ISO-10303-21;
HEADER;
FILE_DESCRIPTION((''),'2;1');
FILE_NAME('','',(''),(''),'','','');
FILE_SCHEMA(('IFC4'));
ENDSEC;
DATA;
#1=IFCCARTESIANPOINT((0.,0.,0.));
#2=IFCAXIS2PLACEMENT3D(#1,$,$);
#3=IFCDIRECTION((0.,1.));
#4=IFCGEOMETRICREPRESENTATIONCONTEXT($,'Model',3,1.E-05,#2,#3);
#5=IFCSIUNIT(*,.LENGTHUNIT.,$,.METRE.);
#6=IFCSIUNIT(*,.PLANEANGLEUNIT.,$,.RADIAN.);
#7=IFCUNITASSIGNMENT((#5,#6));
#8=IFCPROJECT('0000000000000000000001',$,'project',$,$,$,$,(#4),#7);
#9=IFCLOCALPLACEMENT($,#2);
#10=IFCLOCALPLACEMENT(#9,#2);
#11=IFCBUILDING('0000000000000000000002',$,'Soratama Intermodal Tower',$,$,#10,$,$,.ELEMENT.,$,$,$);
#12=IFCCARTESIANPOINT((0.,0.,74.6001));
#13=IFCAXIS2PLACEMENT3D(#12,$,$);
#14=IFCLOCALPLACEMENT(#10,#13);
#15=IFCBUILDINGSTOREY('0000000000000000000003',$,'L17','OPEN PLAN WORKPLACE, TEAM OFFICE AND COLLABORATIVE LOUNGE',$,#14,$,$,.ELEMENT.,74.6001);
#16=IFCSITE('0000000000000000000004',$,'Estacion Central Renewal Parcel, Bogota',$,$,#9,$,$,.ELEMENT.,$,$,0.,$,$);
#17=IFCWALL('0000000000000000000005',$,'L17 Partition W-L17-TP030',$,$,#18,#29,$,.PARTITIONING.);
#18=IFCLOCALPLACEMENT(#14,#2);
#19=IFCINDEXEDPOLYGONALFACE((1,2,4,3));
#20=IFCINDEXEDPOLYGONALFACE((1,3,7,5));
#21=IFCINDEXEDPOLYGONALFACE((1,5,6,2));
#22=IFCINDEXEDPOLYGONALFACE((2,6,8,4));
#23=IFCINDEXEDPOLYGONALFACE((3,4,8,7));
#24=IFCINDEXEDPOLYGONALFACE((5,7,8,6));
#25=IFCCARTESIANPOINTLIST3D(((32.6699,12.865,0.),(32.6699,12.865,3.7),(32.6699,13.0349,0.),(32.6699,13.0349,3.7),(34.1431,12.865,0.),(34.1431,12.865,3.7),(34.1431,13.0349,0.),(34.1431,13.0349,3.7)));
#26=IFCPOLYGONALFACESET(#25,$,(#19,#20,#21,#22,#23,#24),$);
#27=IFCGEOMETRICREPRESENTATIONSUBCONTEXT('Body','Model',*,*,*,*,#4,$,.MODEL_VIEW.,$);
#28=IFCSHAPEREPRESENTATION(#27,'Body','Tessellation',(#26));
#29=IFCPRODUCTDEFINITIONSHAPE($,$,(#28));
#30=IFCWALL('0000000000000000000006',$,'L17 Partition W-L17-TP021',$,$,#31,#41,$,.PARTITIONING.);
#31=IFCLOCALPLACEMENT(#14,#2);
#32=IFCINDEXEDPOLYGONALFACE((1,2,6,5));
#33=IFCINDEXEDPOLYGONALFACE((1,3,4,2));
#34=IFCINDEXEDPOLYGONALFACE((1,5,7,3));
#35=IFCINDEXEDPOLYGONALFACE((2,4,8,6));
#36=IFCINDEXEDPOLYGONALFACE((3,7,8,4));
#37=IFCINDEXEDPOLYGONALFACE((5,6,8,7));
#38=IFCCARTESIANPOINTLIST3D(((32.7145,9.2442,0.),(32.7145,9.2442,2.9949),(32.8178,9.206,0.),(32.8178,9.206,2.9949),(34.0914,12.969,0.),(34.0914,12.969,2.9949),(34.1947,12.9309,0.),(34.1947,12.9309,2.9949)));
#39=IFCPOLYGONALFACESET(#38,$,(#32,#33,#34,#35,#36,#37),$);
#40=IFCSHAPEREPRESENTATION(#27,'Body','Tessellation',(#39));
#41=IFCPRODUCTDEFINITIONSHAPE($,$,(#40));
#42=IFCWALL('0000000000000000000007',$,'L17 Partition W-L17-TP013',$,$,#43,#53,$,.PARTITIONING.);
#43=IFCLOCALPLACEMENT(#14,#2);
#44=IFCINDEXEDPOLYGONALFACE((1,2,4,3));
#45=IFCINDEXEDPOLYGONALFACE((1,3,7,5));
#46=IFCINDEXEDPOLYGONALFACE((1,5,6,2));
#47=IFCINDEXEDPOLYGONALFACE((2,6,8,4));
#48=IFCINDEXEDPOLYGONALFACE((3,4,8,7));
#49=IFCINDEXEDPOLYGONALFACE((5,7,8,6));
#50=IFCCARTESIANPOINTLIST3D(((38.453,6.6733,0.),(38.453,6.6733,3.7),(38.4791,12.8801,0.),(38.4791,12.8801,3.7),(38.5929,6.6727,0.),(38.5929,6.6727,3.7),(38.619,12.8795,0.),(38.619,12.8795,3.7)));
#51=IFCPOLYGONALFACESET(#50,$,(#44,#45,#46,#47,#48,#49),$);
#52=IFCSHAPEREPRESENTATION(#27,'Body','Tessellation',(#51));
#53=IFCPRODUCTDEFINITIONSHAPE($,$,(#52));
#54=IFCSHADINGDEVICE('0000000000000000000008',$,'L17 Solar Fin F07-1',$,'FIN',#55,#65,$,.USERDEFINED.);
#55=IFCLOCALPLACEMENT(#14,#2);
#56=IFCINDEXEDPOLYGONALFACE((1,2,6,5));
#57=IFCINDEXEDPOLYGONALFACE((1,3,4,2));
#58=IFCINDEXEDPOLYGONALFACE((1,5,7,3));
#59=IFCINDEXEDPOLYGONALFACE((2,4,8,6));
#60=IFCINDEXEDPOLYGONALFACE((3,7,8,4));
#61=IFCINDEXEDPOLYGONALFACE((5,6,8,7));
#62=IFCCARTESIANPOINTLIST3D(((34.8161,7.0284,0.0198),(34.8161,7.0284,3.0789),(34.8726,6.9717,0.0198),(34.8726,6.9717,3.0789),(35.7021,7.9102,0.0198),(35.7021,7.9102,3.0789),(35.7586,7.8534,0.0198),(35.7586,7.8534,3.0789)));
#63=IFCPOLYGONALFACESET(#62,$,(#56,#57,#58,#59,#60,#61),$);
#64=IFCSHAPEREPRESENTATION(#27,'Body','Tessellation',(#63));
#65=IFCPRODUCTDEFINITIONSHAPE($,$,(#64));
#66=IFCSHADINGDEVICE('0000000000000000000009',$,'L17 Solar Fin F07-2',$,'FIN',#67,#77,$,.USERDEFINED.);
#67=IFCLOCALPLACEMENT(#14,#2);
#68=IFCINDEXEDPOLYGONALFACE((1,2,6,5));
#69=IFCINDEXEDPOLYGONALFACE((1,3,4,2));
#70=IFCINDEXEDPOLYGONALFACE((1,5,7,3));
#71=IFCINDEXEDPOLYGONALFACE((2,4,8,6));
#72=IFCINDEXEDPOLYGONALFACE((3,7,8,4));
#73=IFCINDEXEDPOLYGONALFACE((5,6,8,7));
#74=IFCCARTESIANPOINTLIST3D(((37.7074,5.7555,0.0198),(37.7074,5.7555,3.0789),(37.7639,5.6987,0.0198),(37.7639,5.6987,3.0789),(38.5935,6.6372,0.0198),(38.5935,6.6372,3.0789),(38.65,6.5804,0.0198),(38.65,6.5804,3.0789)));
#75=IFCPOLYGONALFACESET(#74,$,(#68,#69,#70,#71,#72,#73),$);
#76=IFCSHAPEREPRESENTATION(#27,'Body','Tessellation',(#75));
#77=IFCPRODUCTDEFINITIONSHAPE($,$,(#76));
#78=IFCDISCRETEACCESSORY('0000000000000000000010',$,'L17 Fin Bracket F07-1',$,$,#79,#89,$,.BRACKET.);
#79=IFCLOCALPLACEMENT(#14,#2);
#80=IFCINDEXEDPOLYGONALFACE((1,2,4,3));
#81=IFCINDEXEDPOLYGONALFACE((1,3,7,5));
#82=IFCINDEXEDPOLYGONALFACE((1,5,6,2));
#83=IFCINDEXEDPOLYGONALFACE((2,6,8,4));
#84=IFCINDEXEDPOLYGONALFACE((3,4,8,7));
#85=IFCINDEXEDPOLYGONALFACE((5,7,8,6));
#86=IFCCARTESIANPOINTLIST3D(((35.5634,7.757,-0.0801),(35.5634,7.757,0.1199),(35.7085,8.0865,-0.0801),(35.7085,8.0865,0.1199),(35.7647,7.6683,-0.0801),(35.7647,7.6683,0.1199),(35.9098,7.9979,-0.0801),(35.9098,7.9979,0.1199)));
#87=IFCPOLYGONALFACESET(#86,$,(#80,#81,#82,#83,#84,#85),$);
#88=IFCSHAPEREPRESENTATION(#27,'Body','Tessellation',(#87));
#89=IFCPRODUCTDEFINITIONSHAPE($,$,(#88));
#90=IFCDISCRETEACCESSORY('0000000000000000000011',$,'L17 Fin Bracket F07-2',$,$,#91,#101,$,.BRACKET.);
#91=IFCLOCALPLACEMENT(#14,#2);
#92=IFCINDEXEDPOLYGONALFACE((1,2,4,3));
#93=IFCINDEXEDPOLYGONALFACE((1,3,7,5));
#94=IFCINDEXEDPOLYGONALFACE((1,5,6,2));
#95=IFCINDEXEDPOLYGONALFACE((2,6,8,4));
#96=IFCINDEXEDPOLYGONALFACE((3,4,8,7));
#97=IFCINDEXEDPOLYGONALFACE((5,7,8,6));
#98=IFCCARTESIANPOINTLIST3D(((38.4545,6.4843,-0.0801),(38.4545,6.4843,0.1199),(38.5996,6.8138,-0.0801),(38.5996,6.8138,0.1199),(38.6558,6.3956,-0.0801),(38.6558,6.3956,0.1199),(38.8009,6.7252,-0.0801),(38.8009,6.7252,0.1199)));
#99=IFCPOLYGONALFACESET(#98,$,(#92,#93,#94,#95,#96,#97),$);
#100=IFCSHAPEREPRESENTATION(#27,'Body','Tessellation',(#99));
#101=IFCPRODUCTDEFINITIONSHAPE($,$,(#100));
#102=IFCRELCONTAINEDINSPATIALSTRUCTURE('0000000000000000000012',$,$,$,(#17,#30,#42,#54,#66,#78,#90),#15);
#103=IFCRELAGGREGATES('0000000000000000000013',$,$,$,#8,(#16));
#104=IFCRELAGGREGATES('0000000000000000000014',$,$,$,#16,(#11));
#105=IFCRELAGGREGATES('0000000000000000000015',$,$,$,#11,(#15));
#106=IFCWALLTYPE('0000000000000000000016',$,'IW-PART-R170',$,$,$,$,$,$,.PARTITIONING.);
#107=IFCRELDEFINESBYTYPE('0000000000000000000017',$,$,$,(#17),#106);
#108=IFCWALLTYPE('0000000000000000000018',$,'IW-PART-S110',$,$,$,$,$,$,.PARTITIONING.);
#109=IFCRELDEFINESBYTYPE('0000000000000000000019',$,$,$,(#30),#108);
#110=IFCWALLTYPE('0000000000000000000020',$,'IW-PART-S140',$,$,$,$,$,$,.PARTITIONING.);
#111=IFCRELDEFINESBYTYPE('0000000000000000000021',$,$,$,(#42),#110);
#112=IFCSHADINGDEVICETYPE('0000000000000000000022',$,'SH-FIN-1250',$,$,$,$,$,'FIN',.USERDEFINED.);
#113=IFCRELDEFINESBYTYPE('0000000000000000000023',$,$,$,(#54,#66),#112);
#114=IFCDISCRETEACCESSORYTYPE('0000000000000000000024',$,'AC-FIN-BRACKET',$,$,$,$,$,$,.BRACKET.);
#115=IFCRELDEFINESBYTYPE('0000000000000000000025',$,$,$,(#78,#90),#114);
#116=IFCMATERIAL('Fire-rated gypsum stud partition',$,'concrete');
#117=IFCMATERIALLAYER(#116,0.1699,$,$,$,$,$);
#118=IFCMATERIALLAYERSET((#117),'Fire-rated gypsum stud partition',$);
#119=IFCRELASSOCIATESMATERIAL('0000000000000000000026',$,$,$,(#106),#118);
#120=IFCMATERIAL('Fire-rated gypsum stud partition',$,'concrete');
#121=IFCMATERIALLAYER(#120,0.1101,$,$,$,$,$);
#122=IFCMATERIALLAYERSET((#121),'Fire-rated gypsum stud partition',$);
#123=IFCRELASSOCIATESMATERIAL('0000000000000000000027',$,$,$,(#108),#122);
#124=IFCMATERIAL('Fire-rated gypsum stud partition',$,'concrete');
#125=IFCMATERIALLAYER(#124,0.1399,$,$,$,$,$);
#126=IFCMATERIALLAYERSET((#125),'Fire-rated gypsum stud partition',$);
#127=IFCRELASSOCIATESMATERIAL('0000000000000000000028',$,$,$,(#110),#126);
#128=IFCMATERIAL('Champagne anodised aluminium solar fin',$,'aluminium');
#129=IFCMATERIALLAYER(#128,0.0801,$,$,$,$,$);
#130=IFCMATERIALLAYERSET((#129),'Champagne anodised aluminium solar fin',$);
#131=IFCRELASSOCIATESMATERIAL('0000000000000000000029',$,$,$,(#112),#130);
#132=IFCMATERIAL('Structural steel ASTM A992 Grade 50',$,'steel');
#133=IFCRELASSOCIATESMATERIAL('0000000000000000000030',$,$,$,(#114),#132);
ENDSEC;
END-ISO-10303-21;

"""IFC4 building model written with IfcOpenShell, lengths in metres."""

from ifc_helpers import new_model, si_unit, direction, frame, frame_2d, origin, origin_2d, place, context, subcontext, project, spatial, rectangle, extrude, material, layer, layer_set, type_object, element, save


model = new_model("IFC4")

# Units and contexts
model_context = context("Model", 3, precision=1e-05, world=origin(), true_north=direction((0.0, 1.0)))
body_context = subcontext(model_context, "Body", "Model", "MODEL_VIEW")
ifc_project = project(units=[si_unit("LENGTHUNIT", "METRE"), si_unit("PLANEANGLEUNIT", "RADIAN")], contexts=[model_context])

# Site, building, storey
site_placement = place(None, origin())
site = spatial("IfcSite", under=ifc_project, at=site_placement, Name="Estacion Central Renewal Parcel, Bogota", CompositionType="ELEMENT", RefElevation=0.0)
building_placement = place(site_placement, origin())
building = spatial("IfcBuilding", under=site, at=building_placement, Name="Soratama Intermodal Tower", CompositionType="ELEMENT")
storey_placement = place(building_placement, frame((0.0, 0.0, 74.6001)))
storey = spatial("IfcBuildingStorey", under=building, at=storey_placement, Name="L17", Description="OPEN PLAN WORKPLACE, TEAM OFFICE AND COLLABORATIVE LOUNGE", CompositionType="ELEMENT", Elevation=74.6001)

# Shared definitions
ifc_material_1 = material(Name="Fire-rated gypsum stud partition", Category="concrete")
ifc_layer_1 = layer(ifc_material_1, 0.1699)
ifc_layer_set_1 = layer_set([ifc_layer_1], Name="Fire-rated gypsum stud partition")
wall_type_1 = type_object("IfcWallType", Name="IW-PART-R170", PredefinedType="PARTITIONING", material=ifc_layer_set_1)

# Walls
wall_1_placement = place(storey_placement, frame((34.1431, 12.95, 0.0), z_axis=(0.0, 0.0, 1.0), x_axis=(-1.0, 0.0, 0.0)))
element("IfcWall", 1, at=wall_1_placement, inside=storey, type_object=wall_type_1, Name="L17 Partition W-L17-TP030", PredefinedType="PARTITIONING", context=body_context, shape_type="SweptSolid", body=[
    extrude(rectangle(XDim=1.4731, YDim=0.1699, at=frame_2d((0.7366, 0.0))), origin(), (0.0, 0.0, 1.0), 3.7),
])
ifc_material_2 = material(Name="Fire-rated gypsum stud partition", Category="concrete")
ifc_layer_2 = layer(ifc_material_2, 0.1101)
ifc_layer_set_2 = layer_set([ifc_layer_2], Name="Fire-rated gypsum stud partition")
wall_type_2 = type_object("IfcWallType", Name="IW-PART-S110", PredefinedType="PARTITIONING", material=ifc_layer_set_2)
wall_2_placement = place(storey_placement, frame((34.1431, 12.95, 0.0), z_axis=(0.0, 0.0, 1.0), x_axis=(-0.346734, -0.937964, 0.0)))
element("IfcWall", 2, at=wall_2_placement, inside=storey, type_object=wall_type_2, Name="L17 Partition W-L17-TP021", PredefinedType="PARTITIONING", context=body_context, shape_type="SweptSolid", body=[
    extrude(rectangle(XDim=3.9712, YDim=0.1101, at=frame_2d((1.9856, 0.0))), origin(), (0.0, 0.0, 1.0), 2.9949),
])
ifc_material_3 = material(Name="Fire-rated gypsum stud partition", Category="concrete")
ifc_layer_3 = layer(ifc_material_3, 0.1399)
ifc_layer_set_3 = layer_set([ifc_layer_3], Name="Fire-rated gypsum stud partition")
wall_type_3 = type_object("IfcWallType", Name="IW-PART-S140", PredefinedType="PARTITIONING", material=ifc_layer_set_3)
wall_3_placement = place(storey_placement, frame((38.5491, 12.8799, 0.0), z_axis=(0.0, 0.0, 1.0), x_axis=(-0.004209, -0.999991, 0.0)))
element("IfcWall", 3, at=wall_3_placement, inside=storey, type_object=wall_type_3, Name="L17 Partition W-L17-TP013", PredefinedType="PARTITIONING", context=body_context, shape_type="SweptSolid", body=[
    extrude(rectangle(XDim=6.2068, YDim=0.1399, at=frame_2d((3.1035, 0.0))), origin(), (0.0, 0.0, 1.0), 3.7),
])

# Shading devices
ifc_material_4 = material(Name="Champagne anodised aluminium solar fin", Category="aluminium")
ifc_layer_4 = layer(ifc_material_4, 0.0801)
ifc_layer_set_4 = layer_set([ifc_layer_4], Name="Champagne anodised aluminium solar fin")
shading_device_type = type_object("IfcShadingDeviceType", Name="SH-FIN-1250", ElementType="FIN", PredefinedType="USERDEFINED", material=ifc_layer_set_4)
for number, where, z_axis, x_axis, name in (
    (4, (35.2874, 7.4409, 0.0198), (0.0, 0.0, 1.0), (-0.708832, -0.705377, 0.0), "L17 Solar Fin F07-1"),
    (5, (38.1787, 6.168, 0.0198), (0.0, 0.0, 1.0), (-0.708832, -0.705377, 0.0), "L17 Solar Fin F07-2"),
):
    element("IfcShadingDevice", number, at=place(storey_placement, frame(where, z_axis=z_axis, x_axis=x_axis)), inside=storey, type_object=shading_device_type, Name=name, ObjectType="FIN", PredefinedType="USERDEFINED", context=body_context, shape_type="SweptSolid", body=[
        extrude(rectangle(XDim=1.25, YDim=0.0801, at=origin_2d()), origin(), (0.0, 0.0, 1.0), 3.0591),
    ])

# Discrete accessories
ifc_material_5 = material(Name="Structural steel ASTM A992 Grade 50", Category="steel")
discrete_accessory_type = type_object("IfcDiscreteAccessoryType", Name="AC-FIN-BRACKET", PredefinedType="BRACKET", material=ifc_material_5)
for number, where, z_axis, x_axis, name in (
    (6, (35.7366, 7.8774, -0.0801), (0.0, 0.0, 1.0), (-0.402906, -0.915241, 0.0), "L17 Fin Bracket F07-1"),
    (7, (38.6277, 6.6047, -0.0801), (0.0, 0.0, 1.0), (-0.402906, -0.915241, 0.0), "L17 Fin Bracket F07-2"),
):
    element("IfcDiscreteAccessory", number, at=place(storey_placement, frame(where, z_axis=z_axis, x_axis=x_axis)), inside=storey, type_object=discrete_accessory_type, Name=name, PredefinedType="BRACKET", context=body_context, shape_type="SweptSolid", body=[
        extrude(rectangle(XDim=0.3601, YDim=0.22, at=origin_2d()), origin(), (0.0, 0.0, 1.0), 0.2),
    ])

save(model, "model.ifc")
